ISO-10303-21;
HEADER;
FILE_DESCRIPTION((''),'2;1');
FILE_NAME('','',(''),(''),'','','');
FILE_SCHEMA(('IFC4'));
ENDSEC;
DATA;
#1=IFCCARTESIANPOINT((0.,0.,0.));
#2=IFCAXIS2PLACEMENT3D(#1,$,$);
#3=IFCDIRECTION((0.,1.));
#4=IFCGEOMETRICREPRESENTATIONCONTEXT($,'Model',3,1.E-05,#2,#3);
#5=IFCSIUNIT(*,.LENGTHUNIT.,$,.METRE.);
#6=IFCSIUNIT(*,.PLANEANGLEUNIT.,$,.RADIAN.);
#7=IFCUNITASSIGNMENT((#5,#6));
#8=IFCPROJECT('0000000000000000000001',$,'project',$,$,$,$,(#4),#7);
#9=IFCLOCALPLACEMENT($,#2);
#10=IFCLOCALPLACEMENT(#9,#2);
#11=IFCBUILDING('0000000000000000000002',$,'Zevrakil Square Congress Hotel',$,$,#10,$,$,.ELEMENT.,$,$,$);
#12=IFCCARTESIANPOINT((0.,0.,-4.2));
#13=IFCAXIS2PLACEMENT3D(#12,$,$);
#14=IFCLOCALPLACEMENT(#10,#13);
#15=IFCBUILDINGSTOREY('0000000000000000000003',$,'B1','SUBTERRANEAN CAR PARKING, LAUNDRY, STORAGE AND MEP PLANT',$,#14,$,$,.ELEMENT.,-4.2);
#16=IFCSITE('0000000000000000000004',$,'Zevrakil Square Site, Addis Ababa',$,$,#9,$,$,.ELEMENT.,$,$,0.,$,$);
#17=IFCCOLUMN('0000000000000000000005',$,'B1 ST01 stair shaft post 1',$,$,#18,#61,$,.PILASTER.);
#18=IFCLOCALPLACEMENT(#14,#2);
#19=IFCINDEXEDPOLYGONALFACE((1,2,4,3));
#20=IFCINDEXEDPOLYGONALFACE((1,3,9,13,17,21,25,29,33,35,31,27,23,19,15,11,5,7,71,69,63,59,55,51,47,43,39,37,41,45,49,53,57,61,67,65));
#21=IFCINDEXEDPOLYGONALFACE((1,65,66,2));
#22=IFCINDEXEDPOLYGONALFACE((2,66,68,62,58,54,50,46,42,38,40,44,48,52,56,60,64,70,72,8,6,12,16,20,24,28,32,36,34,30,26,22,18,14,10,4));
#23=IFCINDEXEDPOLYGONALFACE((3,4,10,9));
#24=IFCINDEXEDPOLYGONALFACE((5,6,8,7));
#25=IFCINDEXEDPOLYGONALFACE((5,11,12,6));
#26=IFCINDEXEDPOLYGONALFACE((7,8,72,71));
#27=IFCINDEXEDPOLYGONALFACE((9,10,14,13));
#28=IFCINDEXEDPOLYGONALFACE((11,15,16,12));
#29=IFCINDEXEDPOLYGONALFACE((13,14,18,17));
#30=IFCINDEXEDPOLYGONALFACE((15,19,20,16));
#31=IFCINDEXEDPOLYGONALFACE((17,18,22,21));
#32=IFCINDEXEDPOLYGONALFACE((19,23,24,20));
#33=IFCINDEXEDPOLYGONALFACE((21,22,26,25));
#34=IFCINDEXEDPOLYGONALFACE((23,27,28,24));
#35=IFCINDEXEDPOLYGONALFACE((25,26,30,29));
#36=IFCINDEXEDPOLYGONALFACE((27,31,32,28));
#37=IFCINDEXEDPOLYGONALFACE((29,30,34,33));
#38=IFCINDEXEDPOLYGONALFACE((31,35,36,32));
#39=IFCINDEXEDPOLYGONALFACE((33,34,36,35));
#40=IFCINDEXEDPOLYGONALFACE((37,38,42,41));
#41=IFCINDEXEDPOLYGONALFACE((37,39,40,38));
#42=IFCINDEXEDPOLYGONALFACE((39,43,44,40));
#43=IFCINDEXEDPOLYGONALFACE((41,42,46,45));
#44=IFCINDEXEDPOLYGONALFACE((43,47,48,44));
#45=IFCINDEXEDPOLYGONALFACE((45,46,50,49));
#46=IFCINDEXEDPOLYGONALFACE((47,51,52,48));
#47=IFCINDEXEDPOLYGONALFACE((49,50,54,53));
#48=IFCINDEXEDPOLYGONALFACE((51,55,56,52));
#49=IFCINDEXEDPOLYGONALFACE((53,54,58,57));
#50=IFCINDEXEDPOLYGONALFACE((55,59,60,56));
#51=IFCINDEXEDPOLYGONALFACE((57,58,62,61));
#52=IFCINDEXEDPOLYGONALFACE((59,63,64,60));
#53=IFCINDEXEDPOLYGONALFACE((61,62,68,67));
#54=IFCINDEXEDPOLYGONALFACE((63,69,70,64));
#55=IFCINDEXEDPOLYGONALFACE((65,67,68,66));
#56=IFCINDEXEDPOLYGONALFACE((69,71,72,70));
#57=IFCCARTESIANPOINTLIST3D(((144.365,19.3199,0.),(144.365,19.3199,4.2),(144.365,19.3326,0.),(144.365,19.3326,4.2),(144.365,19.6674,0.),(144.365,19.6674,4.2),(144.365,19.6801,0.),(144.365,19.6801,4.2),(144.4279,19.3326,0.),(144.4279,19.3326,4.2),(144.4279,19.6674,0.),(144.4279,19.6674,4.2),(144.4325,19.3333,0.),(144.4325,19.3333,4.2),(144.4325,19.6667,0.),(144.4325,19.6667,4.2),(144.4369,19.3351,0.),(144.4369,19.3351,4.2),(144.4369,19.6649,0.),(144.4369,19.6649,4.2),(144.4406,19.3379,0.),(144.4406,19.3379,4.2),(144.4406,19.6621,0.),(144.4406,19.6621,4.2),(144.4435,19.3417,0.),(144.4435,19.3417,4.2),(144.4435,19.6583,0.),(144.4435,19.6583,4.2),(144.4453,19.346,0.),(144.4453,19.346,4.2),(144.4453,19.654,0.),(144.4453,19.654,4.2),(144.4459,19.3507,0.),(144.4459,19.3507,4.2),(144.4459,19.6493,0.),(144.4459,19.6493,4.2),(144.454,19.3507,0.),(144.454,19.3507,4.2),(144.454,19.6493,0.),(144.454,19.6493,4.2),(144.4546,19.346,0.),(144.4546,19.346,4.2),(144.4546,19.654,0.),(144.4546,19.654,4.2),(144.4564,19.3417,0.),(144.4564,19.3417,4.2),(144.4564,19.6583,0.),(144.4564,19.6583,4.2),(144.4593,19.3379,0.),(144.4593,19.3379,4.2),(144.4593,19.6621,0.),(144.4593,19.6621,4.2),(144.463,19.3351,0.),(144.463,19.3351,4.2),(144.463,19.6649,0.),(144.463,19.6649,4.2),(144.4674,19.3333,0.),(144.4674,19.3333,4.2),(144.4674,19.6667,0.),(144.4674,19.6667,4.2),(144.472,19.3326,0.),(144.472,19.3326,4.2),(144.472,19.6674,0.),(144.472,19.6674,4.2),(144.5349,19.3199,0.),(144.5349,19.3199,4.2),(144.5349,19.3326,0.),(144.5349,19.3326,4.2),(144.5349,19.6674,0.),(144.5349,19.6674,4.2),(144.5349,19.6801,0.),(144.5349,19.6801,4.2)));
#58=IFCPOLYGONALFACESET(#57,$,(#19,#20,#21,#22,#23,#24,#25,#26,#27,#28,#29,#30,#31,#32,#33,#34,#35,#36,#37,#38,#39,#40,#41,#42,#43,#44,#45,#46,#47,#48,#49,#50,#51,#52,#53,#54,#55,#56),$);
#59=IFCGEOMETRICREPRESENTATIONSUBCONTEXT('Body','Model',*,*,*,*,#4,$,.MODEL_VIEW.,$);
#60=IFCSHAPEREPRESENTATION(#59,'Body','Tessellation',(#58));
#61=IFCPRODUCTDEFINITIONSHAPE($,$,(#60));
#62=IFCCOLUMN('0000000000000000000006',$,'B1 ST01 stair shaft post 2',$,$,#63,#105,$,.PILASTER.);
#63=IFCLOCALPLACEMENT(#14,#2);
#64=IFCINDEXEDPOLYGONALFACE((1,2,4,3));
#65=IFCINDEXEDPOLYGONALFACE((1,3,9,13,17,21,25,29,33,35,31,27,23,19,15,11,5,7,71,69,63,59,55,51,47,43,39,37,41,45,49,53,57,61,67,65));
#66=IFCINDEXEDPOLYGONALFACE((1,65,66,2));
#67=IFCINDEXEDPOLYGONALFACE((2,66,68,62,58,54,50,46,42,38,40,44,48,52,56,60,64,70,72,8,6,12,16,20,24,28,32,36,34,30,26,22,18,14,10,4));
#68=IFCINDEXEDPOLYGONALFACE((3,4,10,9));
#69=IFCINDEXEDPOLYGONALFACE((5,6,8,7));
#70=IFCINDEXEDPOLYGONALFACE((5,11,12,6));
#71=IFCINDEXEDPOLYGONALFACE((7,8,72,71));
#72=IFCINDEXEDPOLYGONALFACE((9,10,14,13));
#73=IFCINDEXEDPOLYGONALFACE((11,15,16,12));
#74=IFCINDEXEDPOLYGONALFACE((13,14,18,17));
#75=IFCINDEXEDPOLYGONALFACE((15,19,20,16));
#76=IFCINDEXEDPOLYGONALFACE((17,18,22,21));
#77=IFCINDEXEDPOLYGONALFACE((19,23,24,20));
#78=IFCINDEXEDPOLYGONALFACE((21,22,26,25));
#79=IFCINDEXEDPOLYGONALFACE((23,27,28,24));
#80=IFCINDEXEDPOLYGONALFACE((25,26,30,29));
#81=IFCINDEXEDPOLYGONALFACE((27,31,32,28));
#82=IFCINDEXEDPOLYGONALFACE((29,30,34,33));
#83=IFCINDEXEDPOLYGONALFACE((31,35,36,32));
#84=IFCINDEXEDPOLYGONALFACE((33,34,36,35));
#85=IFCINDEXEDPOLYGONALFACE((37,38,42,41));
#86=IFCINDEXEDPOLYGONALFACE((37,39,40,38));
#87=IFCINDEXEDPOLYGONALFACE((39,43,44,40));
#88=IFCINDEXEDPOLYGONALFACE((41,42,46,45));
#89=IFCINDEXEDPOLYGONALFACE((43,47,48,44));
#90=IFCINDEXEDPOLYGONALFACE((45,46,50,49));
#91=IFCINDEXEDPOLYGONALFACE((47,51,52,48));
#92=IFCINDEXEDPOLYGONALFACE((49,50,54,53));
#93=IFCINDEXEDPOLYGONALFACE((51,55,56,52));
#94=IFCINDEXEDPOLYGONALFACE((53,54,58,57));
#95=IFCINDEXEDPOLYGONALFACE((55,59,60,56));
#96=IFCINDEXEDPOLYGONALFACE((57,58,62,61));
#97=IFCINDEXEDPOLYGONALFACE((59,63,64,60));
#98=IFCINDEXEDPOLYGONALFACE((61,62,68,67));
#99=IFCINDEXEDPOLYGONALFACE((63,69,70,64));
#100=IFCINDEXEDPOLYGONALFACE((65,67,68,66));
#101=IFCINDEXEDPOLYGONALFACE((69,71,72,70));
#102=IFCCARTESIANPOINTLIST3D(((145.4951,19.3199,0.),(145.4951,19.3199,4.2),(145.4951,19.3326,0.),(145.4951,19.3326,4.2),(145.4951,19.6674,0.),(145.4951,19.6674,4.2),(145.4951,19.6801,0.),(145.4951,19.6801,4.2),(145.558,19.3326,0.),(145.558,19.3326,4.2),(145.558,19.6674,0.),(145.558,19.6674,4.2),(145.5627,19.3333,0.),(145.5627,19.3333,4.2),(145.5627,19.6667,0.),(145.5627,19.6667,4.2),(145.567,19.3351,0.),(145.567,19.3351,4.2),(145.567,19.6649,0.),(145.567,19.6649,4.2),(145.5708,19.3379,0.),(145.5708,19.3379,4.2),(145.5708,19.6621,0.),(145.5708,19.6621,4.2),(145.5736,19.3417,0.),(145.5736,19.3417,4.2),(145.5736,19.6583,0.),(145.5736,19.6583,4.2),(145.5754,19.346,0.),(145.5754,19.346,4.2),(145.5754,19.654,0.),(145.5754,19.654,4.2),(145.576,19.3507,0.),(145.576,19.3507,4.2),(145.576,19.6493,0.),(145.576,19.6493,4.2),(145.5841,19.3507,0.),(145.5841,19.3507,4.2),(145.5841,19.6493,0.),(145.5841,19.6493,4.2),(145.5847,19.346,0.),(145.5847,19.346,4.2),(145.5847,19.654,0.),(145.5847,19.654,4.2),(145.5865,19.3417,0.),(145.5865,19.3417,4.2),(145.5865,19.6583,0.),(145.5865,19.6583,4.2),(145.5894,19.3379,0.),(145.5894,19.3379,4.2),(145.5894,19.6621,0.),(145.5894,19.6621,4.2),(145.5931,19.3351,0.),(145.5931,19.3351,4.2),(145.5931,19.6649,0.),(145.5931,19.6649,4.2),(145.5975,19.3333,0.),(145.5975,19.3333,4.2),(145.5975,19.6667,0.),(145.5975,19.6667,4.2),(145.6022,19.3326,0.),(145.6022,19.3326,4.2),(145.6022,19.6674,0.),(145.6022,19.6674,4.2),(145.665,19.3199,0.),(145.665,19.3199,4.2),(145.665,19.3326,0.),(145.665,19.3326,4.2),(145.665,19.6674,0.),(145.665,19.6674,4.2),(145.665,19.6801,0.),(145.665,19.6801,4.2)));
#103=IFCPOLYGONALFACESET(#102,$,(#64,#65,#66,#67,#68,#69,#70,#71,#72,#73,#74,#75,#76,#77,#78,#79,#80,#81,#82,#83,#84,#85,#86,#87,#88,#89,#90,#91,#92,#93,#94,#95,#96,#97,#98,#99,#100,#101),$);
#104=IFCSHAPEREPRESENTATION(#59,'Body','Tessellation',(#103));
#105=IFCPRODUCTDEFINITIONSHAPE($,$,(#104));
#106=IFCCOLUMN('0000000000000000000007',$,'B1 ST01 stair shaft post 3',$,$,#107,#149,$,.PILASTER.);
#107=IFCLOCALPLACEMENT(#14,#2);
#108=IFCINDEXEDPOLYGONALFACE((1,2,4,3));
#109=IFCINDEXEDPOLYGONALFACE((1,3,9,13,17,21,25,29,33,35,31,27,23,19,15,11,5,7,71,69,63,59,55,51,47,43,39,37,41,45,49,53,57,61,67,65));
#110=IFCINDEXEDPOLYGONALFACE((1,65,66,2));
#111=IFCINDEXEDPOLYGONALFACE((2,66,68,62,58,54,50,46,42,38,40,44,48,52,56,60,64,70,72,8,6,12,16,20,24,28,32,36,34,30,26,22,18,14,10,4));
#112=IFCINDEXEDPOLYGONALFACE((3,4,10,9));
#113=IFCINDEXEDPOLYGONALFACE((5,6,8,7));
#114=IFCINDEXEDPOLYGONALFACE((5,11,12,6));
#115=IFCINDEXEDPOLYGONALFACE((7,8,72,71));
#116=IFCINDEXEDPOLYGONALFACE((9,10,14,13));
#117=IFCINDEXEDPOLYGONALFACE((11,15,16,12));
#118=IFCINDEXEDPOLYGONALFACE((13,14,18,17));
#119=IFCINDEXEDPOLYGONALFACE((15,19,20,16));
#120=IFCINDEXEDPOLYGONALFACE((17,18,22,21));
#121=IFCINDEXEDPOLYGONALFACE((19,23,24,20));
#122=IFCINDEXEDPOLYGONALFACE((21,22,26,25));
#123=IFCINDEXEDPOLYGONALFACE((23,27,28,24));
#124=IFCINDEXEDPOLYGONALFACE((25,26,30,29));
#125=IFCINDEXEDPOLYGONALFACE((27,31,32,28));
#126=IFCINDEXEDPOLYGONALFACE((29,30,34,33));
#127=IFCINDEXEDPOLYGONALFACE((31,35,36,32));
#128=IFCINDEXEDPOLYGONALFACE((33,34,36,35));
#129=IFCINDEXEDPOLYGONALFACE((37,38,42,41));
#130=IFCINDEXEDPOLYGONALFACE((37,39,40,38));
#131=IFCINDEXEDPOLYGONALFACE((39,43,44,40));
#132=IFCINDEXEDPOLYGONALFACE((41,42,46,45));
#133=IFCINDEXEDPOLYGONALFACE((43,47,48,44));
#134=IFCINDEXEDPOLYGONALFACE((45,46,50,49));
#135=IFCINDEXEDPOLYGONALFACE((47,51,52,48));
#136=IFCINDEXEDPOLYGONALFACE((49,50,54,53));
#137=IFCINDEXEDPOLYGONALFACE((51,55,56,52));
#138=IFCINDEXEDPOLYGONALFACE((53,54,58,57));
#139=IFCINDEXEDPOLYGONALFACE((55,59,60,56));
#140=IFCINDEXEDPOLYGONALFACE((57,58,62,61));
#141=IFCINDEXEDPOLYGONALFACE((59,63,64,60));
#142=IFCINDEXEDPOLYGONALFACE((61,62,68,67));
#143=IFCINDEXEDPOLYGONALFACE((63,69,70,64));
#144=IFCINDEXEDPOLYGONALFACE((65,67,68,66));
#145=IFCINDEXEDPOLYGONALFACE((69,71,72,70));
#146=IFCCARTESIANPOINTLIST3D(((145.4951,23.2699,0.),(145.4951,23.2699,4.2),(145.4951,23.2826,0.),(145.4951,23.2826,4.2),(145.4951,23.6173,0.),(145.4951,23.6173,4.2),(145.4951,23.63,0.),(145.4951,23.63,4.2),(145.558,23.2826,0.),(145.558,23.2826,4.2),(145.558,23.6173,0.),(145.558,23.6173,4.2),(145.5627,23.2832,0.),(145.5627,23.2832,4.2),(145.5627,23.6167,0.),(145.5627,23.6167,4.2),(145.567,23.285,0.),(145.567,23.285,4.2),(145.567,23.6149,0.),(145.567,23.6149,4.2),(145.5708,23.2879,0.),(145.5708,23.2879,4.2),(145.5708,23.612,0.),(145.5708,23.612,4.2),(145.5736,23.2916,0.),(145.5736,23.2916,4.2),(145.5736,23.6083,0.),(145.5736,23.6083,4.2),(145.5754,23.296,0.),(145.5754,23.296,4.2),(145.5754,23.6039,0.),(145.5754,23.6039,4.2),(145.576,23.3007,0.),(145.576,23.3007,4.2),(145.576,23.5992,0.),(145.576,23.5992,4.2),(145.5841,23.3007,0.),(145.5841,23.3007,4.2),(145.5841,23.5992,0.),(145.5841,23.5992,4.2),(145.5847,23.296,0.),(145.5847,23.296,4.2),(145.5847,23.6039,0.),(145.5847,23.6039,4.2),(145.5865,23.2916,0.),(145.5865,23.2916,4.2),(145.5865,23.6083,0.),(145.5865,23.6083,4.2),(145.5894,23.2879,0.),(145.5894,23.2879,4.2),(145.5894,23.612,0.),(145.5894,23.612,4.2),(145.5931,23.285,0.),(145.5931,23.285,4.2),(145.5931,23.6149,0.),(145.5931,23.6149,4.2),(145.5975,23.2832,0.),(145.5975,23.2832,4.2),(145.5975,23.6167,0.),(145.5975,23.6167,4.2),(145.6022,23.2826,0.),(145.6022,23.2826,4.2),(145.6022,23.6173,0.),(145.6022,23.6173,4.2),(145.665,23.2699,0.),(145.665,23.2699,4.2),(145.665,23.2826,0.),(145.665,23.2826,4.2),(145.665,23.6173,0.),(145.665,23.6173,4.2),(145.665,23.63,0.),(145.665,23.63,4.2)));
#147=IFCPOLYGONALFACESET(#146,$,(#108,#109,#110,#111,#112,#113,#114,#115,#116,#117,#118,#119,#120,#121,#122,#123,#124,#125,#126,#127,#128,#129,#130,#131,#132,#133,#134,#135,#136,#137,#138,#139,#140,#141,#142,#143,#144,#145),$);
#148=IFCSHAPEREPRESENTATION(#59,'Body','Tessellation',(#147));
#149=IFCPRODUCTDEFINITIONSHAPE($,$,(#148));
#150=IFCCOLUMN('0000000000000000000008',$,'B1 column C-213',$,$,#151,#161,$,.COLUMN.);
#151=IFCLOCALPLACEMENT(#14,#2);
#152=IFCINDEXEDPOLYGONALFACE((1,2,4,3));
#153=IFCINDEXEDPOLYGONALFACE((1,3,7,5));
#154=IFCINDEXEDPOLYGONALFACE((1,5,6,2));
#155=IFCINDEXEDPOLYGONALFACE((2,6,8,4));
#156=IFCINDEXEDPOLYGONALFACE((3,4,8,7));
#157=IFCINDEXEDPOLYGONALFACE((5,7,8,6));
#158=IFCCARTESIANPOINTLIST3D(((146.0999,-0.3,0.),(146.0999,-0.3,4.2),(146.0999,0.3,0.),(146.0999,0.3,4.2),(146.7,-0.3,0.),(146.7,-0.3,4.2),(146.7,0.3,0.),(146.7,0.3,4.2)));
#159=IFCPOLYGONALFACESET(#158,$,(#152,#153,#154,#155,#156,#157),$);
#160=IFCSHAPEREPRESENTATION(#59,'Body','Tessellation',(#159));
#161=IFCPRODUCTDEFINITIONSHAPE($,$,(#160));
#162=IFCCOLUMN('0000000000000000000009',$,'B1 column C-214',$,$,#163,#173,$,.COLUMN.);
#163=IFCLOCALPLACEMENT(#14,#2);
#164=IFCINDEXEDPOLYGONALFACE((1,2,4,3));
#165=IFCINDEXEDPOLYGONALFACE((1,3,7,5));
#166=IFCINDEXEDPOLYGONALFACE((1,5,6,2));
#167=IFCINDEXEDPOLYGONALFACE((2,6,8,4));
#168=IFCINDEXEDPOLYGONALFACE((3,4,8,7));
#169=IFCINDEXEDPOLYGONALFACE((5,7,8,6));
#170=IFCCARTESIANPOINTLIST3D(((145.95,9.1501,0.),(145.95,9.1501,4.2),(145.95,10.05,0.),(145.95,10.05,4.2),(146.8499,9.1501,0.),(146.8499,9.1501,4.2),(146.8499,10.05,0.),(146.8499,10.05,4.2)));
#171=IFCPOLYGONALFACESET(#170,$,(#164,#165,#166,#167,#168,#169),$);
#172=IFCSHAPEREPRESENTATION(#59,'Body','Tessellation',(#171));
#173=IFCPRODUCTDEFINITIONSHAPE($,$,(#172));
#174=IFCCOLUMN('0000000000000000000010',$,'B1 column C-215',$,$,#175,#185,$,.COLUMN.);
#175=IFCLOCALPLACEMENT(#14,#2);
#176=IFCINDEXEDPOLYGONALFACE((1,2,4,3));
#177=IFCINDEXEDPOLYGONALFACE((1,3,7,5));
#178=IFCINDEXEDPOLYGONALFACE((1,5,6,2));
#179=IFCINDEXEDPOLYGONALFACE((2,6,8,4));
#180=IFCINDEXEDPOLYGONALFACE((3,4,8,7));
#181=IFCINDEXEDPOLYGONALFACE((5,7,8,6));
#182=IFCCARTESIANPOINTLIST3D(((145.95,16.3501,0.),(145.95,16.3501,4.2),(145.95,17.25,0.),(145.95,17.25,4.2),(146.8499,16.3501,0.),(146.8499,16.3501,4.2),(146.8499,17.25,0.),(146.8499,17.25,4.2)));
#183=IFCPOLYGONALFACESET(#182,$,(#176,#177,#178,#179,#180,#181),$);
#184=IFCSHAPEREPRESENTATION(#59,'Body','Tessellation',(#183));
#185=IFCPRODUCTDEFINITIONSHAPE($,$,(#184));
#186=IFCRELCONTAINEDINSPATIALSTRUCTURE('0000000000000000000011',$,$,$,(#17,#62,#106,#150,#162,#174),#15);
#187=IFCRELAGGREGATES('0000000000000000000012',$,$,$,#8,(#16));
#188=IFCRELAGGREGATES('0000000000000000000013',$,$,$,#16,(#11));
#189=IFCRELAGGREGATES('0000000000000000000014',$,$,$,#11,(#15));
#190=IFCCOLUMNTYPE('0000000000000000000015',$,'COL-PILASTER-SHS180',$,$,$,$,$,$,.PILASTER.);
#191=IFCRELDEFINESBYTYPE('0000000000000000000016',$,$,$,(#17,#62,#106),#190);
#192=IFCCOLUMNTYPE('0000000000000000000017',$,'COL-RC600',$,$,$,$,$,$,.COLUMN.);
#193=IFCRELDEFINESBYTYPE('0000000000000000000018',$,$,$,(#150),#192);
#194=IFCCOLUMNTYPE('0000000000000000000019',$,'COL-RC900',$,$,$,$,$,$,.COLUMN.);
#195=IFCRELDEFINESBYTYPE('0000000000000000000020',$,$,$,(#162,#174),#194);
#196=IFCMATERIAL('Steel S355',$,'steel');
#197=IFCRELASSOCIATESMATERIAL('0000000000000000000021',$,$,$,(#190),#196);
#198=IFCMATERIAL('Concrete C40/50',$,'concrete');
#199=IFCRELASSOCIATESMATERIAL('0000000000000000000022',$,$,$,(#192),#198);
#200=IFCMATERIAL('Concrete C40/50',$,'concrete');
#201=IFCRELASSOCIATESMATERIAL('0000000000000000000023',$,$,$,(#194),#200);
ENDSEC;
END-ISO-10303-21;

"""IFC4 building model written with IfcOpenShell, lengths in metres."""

from ifc_helpers import new_model, si_unit, direction, frame, origin, origin_2d, place, context, subcontext, project, spatial, rectangle, i_section, extrude, material, material_profile, profile_set, type_object, element, save


model = new_model("IFC4")

# Units and contexts
model_context = context("Model", 3, precision=1e-05, world=origin(), true_north=direction((0.0, 1.0)))
body_context = subcontext(model_context, "Body", "Model", "MODEL_VIEW")
ifc_project = project(units=[si_unit("LENGTHUNIT", "METRE"), si_unit("PLANEANGLEUNIT", "RADIAN")], contexts=[model_context])

# Site, building, storey
site_placement = place(None, origin())
site = spatial("IfcSite", under=ifc_project, at=site_placement, Name="Zevrakil Square Site, Addis Ababa", CompositionType="ELEMENT", RefElevation=0.0)
building_placement = place(site_placement, origin())
building = spatial("IfcBuilding", under=site, at=building_placement, Name="Zevrakil Square Congress Hotel", CompositionType="ELEMENT")
storey_placement = place(building_placement, frame((0.0, 0.0, -4.2)))
storey = spatial("IfcBuildingStorey", under=building, at=storey_placement, Name="B1", Description="SUBTERRANEAN CAR PARKING, LAUNDRY, STORAGE AND MEP PLANT", CompositionType="ELEMENT", Elevation=-4.2)

# Columns
ifc_material_1 = material(Name="Steel S355", Category="steel")
ifc_material_profile_1 = material_profile(ifc_material_1, i_section(OverallWidth=0.1699, OverallDepth=0.3601, WebThickness=0.0081, FlangeThickness=0.0127, FilletRadius=0.0181, at=origin_2d()), Name="IPE 360")
ifc_profile_set_1 = profile_set([ifc_material_profile_1], Name="Steel S355")
column_type_1 = type_object("IfcColumnType", Name="COL-PILASTER-SHS180", PredefinedType="PILASTER", material=ifc_profile_set_1)
for number, where, z_axis, x_axis, name in (
    (1, (144.45, 19.5, 0.0), (0.0, 0.0, 1.0), (1.0, 0.0, 0.0), "B1 ST01 stair shaft post 1"),
    (2, (145.5801, 19.5, 0.0), (0.0, 0.0, 1.0), (1.0, 0.0, 0.0), "B1 ST01 stair shaft post 2"),
    (3, (145.5801, 23.45, 0.0), (0.0, 0.0, 1.0), (1.0, 0.0, 0.0), "B1 ST01 stair shaft post 3"),
):
    element("IfcColumn", number, at=place(storey_placement, frame(where, z_axis=z_axis, x_axis=x_axis)), inside=storey, type_object=column_type_1, Name=name, PredefinedType="PILASTER", context=body_context, shape_type="SweptSolid", body=[
        extrude(i_section(OverallWidth=0.1699, OverallDepth=0.3601, WebThickness=0.0081, FlangeThickness=0.0127, FilletRadius=0.0181, at=origin_2d()), origin(), (0.0, 0.0, 1.0), 4.2),
    ])
ifc_material_2 = material(Name="Concrete C40/50", Category="concrete")
ifc_material_profile_2 = material_profile(ifc_material_2, rectangle(XDim=0.6001, YDim=0.6001, at=origin_2d()), Name="RC 600x600")
ifc_profile_set_2 = profile_set([ifc_material_profile_2], Name="Concrete C40/50")
column_type_2 = type_object("IfcColumnType", Name="COL-RC600", PredefinedType="COLUMN", material=ifc_profile_set_2)
column_placement = place(storey_placement, frame((146.3999, 0.0, 0.0), z_axis=(0.0, 0.0, 1.0), x_axis=(1.0, 0.0, 0.0)))
element("IfcColumn", 4, at=column_placement, inside=storey, type_object=column_type_2, Name="B1 column C-213", PredefinedType="COLUMN", context=body_context, shape_type="SweptSolid", body=[
    extrude(rectangle(XDim=0.6001, YDim=0.6001, at=origin_2d()), origin(), (0.0, 0.0, 1.0), 4.2),
])
ifc_material_3 = material(Name="Concrete C40/50", Category="concrete")
ifc_material_profile_3 = material_profile(ifc_material_3, rectangle(XDim=0.8999, YDim=0.8999, at=origin_2d()), Name="RC 900x900")
ifc_profile_set_3 = profile_set([ifc_material_profile_3], Name="Concrete C40/50")
column_type_3 = type_object("IfcColumnType", Name="COL-RC900", PredefinedType="COLUMN", material=ifc_profile_set_3)
for number, where, z_axis, x_axis, name in (
    (5, (146.3999, 9.6001, 0.0), (0.0, 0.0, 1.0), (1.0, 0.0, 0.0), "B1 column C-214"),
    (6, (146.3999, 16.8, 0.0), (0.0, 0.0, 1.0), (1.0, 0.0, 0.0), "B1 column C-215"),
):
    element("IfcColumn", number, at=place(storey_placement, frame(where, z_axis=z_axis, x_axis=x_axis)), inside=storey, type_object=column_type_3, Name=name, PredefinedType="COLUMN", context=body_context, shape_type="SweptSolid", body=[
        extrude(rectangle(XDim=0.8999, YDim=0.8999, at=origin_2d()), origin(), (0.0, 0.0, 1.0), 4.2),
    ])

save(model, "model.ifc")
